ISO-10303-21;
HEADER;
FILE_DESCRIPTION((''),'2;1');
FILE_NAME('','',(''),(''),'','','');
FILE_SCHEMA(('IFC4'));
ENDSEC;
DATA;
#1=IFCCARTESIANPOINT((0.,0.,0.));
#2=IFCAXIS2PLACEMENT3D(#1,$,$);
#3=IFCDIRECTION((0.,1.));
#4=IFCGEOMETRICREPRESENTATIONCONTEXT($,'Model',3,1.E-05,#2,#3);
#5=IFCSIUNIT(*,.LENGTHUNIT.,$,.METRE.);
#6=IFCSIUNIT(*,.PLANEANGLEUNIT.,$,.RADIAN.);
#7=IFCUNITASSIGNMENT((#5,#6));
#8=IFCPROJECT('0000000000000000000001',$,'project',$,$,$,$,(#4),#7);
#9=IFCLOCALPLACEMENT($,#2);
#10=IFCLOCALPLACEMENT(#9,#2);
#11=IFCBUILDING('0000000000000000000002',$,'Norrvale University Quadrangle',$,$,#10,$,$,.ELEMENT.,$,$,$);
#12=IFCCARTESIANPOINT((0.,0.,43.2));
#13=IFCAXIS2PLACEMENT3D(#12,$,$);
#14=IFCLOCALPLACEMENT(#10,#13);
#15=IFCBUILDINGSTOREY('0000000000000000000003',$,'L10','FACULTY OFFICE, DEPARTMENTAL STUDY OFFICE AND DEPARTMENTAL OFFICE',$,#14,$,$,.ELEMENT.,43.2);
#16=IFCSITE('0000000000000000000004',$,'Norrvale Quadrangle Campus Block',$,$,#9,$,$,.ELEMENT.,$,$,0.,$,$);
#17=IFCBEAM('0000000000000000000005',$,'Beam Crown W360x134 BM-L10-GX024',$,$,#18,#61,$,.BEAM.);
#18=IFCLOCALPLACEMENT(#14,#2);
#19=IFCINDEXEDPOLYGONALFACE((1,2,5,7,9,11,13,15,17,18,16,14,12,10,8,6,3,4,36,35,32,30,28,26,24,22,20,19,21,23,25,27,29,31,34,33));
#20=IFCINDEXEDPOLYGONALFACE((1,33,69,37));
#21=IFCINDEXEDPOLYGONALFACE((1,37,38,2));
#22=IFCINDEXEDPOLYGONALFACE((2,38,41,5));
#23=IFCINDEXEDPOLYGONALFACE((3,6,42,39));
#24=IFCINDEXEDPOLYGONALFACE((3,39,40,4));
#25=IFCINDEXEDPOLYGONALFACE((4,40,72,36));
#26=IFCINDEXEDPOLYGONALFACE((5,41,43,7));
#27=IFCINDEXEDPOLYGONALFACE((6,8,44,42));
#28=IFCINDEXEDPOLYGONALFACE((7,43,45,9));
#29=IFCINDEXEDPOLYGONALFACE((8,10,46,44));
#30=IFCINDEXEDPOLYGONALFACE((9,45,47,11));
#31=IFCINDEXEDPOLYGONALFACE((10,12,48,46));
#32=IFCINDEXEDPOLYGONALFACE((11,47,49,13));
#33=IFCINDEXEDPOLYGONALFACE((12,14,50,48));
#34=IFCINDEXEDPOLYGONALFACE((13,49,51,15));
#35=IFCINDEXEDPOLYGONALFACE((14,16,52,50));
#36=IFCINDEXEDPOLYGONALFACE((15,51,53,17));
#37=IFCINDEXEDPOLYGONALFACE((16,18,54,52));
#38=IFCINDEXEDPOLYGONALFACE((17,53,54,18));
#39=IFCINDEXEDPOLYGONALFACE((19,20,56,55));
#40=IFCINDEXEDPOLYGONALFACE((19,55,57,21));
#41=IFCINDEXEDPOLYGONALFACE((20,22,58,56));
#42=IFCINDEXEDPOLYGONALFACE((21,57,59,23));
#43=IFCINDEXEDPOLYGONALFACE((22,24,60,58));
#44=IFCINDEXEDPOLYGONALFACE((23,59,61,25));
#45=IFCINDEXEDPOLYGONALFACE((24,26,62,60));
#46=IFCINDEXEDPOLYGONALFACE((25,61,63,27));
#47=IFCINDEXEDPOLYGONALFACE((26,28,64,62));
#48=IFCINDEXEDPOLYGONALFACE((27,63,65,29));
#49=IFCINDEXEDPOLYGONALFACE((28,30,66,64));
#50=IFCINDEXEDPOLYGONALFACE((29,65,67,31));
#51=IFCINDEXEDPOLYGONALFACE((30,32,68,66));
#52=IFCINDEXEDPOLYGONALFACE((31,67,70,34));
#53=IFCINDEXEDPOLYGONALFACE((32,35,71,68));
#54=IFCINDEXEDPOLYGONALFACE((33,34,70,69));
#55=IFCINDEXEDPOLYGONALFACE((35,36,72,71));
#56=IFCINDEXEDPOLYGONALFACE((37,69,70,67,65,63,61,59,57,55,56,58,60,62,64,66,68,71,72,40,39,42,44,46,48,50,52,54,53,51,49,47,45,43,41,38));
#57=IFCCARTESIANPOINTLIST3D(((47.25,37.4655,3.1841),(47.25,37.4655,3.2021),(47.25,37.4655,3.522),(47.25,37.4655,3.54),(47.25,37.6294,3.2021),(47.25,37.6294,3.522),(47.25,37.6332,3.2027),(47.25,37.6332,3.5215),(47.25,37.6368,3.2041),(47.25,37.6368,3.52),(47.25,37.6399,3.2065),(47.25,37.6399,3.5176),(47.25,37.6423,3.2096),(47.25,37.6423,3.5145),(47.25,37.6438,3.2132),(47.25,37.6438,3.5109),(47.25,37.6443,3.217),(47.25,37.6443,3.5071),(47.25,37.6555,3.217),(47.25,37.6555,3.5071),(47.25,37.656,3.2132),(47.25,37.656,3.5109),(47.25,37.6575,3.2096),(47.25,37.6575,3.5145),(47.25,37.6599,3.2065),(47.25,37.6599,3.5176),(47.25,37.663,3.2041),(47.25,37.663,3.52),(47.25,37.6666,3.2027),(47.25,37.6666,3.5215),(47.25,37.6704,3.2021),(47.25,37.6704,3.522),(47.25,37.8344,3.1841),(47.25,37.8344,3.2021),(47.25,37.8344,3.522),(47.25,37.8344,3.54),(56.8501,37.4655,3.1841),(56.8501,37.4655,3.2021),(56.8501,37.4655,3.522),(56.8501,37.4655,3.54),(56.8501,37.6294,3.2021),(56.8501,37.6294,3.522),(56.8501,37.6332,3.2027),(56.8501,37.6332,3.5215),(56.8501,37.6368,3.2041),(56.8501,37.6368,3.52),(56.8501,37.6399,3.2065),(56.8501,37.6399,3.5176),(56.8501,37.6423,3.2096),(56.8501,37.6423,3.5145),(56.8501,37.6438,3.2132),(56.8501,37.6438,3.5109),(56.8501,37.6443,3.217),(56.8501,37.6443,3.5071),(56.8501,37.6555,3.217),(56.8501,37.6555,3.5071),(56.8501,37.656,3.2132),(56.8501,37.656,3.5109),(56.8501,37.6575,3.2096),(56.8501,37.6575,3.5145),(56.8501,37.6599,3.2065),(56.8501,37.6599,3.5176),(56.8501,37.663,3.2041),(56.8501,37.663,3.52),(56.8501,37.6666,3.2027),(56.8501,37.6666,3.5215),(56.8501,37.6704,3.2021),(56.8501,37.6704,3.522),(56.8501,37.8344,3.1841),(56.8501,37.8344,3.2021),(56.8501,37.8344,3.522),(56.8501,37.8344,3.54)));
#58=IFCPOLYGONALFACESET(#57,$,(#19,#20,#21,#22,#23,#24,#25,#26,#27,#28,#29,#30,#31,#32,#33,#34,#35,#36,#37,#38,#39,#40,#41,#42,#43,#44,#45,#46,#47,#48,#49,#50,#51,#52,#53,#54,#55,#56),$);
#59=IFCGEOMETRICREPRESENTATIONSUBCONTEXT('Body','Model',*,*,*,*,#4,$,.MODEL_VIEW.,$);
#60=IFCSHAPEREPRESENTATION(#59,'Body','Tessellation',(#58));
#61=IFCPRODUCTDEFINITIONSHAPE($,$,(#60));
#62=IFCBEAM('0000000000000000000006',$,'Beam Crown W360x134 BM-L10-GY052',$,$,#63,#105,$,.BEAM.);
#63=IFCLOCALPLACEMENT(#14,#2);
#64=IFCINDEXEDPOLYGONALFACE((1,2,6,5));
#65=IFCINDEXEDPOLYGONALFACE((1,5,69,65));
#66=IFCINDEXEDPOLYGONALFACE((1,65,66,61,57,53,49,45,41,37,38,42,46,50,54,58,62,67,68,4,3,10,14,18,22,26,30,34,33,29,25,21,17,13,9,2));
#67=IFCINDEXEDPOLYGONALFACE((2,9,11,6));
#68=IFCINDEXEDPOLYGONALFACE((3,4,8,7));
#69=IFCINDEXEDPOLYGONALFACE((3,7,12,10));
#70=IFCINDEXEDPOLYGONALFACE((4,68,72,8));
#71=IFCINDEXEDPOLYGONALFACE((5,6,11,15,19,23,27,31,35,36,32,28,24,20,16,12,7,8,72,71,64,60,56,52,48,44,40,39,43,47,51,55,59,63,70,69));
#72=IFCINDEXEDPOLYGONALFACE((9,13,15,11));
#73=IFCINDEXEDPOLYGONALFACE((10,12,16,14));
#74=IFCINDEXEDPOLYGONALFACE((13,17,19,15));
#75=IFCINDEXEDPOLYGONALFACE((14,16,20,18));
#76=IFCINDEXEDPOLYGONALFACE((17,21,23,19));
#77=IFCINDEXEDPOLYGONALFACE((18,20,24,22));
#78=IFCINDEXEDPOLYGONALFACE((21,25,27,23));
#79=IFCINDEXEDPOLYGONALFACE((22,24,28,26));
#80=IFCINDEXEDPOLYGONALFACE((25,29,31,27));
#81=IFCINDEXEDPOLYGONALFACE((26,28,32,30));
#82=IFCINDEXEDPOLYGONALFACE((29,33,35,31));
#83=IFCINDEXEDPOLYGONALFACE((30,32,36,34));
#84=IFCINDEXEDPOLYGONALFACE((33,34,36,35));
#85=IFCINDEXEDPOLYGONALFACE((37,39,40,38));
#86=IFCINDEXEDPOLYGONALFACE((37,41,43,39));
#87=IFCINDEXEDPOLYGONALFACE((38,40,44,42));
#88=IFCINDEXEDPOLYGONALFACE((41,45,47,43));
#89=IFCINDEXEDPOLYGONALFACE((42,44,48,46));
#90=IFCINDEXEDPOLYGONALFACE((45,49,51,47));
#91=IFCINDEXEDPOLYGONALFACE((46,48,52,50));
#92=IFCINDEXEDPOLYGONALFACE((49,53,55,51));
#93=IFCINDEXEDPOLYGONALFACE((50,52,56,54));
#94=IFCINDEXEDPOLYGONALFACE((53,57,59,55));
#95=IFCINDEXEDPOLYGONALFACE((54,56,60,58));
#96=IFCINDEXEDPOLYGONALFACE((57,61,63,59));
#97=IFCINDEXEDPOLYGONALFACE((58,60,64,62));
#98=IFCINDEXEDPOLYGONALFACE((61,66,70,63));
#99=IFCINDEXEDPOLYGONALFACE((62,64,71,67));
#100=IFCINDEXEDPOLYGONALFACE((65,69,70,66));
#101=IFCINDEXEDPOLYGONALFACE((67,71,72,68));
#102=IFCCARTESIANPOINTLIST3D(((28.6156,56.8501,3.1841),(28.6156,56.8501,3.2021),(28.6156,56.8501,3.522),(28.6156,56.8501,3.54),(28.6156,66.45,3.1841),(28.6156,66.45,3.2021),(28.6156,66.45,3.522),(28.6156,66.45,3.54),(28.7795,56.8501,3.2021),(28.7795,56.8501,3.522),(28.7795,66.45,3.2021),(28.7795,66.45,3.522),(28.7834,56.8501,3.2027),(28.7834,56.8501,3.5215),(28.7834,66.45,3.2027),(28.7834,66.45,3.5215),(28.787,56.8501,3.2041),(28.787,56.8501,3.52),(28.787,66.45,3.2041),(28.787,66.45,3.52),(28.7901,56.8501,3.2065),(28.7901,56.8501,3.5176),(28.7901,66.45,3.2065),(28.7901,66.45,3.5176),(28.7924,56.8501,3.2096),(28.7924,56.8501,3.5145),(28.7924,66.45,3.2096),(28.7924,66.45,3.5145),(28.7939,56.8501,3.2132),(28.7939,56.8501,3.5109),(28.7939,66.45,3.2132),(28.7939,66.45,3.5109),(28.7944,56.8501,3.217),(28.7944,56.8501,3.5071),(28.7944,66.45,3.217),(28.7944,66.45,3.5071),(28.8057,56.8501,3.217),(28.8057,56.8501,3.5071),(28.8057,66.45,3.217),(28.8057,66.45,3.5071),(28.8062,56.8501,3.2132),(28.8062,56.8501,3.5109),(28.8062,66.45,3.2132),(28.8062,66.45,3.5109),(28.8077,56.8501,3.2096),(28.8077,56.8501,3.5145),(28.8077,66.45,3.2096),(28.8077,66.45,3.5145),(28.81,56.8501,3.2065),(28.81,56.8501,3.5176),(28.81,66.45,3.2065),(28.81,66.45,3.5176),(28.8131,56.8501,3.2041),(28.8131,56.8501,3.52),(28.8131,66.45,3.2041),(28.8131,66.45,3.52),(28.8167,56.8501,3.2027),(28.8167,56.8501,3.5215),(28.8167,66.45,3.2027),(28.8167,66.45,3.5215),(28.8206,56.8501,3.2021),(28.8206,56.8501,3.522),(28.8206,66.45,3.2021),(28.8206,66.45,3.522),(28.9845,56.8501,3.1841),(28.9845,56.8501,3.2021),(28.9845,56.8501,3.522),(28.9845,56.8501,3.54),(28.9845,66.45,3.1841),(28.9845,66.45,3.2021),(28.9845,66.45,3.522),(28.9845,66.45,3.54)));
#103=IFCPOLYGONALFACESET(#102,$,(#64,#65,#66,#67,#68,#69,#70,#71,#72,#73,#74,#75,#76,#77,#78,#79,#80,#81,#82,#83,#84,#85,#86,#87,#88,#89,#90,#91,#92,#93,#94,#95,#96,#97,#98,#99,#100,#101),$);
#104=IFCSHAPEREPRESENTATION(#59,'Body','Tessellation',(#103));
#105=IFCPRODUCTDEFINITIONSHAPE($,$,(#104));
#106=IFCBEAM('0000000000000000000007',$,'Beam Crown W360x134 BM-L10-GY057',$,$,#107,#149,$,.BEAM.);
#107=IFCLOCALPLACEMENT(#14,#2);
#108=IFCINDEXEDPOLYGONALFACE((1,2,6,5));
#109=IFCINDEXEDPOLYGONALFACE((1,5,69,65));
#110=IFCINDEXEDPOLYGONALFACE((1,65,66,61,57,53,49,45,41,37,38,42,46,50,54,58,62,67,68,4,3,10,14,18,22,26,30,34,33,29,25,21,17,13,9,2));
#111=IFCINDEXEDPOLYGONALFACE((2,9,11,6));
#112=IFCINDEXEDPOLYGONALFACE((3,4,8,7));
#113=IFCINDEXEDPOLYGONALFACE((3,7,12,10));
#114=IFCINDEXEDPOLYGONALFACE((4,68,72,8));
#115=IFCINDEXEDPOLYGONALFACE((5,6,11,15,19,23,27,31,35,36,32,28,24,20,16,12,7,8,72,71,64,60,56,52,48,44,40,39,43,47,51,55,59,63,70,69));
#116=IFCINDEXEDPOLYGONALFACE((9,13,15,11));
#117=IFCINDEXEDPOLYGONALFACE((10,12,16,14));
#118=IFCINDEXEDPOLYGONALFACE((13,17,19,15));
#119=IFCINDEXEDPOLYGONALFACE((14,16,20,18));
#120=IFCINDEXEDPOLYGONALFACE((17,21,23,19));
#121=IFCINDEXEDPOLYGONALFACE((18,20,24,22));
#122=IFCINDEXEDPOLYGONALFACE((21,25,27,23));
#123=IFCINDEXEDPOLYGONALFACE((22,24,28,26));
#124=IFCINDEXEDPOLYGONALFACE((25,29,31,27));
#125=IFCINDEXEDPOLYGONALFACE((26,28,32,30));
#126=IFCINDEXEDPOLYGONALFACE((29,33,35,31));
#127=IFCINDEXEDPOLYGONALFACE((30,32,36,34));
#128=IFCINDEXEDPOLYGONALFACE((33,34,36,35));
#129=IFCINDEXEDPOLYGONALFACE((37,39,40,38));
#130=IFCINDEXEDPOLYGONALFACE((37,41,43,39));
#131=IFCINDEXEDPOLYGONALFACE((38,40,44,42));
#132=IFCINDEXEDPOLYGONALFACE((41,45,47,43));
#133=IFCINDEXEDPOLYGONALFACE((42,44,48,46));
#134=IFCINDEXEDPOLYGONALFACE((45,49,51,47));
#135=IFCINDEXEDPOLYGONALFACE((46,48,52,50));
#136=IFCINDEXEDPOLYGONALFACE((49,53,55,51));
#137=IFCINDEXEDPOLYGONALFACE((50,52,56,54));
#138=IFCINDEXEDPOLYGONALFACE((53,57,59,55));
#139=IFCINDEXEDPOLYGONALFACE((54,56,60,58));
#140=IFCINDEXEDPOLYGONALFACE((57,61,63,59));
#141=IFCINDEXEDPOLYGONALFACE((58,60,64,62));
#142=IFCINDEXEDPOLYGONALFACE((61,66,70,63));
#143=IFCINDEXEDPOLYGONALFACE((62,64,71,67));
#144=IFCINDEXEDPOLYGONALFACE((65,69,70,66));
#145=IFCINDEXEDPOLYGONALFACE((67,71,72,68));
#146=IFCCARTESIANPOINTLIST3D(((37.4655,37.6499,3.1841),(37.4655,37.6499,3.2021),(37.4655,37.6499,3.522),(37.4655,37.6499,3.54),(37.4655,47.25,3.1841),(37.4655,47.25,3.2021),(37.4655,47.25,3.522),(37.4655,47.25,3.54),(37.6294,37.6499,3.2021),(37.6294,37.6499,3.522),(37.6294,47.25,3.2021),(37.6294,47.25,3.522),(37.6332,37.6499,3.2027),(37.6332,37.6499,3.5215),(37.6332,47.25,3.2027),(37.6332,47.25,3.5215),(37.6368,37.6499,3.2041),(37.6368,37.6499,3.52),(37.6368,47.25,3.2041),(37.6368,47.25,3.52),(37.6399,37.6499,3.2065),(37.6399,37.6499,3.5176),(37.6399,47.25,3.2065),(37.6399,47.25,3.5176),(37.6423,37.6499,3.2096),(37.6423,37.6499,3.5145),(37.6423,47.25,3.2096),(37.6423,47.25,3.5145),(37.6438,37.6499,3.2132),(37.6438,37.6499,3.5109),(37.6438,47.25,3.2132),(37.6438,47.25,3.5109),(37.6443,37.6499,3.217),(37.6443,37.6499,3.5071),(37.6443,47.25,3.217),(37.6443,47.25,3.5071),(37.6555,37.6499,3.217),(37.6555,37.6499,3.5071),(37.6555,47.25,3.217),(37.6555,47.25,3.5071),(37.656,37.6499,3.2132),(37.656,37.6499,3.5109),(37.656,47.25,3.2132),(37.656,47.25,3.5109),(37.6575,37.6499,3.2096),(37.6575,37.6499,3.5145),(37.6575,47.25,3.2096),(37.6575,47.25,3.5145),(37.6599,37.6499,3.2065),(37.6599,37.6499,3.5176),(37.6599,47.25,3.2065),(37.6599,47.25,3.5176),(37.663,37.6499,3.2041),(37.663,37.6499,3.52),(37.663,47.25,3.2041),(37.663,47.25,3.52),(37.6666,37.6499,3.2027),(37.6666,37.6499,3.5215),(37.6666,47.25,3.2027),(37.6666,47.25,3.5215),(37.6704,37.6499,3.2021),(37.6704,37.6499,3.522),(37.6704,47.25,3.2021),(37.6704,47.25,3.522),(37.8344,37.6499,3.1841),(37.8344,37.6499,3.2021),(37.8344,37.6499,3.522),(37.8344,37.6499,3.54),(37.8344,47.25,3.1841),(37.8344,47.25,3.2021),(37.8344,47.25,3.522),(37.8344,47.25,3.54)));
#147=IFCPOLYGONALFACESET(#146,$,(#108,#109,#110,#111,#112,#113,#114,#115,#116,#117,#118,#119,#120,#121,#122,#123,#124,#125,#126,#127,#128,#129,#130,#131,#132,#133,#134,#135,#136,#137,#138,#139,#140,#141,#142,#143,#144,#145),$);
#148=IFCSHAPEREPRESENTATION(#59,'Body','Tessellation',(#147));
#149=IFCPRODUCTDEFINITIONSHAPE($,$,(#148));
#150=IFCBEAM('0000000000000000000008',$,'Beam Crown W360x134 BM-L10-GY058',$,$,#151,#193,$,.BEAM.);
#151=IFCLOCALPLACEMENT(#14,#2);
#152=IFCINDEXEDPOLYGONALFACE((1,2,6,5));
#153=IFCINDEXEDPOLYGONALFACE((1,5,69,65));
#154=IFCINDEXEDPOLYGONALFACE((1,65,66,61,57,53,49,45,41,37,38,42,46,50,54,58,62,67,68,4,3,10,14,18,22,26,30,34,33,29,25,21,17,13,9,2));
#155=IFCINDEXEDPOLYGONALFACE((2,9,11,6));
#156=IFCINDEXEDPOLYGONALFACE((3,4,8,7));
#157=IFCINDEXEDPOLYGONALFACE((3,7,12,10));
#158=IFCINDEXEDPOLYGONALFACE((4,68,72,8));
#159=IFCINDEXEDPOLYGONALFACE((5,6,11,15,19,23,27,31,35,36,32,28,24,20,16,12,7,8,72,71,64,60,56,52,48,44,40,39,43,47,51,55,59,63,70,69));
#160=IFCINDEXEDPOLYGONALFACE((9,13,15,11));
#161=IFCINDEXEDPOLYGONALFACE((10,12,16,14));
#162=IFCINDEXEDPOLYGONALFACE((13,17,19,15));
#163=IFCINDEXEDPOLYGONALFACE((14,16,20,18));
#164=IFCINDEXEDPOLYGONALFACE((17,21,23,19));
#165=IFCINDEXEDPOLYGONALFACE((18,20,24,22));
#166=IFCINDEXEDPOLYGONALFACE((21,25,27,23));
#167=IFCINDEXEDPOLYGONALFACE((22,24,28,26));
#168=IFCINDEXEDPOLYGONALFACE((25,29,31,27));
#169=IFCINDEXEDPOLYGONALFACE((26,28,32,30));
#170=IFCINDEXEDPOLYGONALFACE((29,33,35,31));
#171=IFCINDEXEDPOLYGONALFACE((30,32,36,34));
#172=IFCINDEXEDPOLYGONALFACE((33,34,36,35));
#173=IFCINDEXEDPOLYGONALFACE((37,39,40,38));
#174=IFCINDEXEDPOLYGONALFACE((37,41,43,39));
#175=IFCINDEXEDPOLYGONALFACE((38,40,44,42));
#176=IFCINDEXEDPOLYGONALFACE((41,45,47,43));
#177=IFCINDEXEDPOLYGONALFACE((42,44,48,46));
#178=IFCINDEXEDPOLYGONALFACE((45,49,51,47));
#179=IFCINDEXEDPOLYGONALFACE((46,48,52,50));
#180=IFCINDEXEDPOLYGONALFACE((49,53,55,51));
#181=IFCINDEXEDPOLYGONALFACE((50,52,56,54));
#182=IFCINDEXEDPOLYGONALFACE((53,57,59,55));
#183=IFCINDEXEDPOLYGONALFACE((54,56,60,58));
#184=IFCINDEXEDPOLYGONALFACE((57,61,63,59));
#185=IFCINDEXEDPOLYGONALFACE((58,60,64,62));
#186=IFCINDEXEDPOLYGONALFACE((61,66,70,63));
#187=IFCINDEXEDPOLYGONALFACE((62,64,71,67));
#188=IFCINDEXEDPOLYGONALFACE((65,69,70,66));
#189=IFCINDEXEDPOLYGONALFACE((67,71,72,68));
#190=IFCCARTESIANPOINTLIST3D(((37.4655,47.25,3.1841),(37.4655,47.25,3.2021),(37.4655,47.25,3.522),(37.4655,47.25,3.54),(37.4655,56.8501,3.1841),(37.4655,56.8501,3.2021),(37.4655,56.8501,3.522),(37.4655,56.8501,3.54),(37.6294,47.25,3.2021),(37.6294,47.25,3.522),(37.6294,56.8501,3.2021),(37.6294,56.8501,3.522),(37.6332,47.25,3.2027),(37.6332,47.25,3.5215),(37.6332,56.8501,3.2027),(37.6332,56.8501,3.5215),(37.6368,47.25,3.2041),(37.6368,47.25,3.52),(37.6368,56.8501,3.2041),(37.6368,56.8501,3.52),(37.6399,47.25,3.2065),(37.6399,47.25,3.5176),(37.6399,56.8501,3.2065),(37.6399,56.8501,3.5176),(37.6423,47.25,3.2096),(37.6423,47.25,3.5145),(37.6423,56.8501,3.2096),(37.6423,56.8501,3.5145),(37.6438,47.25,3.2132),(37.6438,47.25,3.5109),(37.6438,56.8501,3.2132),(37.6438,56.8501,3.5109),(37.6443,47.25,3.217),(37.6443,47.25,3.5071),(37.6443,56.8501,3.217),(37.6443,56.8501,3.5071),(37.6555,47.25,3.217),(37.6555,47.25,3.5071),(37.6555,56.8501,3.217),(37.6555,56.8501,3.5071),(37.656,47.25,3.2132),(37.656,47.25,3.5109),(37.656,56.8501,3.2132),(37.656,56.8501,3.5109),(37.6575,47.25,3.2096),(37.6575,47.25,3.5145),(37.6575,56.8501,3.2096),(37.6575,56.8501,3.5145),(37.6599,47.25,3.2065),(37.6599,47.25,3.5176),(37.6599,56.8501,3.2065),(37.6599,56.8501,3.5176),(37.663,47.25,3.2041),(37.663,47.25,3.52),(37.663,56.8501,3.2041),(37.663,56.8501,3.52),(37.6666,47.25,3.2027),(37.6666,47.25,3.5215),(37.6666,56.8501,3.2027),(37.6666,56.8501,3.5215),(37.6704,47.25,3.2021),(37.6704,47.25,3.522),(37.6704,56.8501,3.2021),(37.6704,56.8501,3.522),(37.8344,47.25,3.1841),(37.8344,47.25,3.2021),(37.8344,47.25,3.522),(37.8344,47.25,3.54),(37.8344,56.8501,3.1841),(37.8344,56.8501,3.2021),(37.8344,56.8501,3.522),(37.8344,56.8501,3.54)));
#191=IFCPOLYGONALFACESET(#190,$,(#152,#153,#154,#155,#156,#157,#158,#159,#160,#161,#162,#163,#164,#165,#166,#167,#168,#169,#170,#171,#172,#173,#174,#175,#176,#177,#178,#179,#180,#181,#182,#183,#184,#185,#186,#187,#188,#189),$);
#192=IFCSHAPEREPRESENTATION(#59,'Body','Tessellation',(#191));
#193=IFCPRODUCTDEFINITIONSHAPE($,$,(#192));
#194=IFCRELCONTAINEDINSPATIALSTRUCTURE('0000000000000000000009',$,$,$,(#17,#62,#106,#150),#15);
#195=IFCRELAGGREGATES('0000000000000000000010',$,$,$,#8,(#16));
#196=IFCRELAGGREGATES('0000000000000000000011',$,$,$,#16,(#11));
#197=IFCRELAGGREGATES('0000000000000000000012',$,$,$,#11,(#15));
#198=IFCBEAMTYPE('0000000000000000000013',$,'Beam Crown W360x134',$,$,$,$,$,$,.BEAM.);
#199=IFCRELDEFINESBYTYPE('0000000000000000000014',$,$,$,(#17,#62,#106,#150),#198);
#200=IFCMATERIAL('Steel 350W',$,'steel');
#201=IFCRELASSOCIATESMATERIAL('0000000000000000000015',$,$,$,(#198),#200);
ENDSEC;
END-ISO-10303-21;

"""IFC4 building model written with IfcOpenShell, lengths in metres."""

from ifc_helpers import new_model, si_unit, direction, frame, origin, origin_2d, place, context, subcontext, project, spatial, i_section, extrude, material, material_profile, profile_set, type_object, element, save


model = new_model("IFC4")

# Units and contexts
model_context = context("Model", 3, precision=1e-05, world=origin(), true_north=direction((0.0, 1.0)))
body_context = subcontext(model_context, "Body", "Model", "MODEL_VIEW")
ifc_project = project(units=[si_unit("LENGTHUNIT", "METRE"), si_unit("PLANEANGLEUNIT", "RADIAN")], contexts=[model_context])

# Site, building, storey
site_placement = place(None, origin())
site = spatial("IfcSite", under=ifc_project, at=site_placement, Name="Norrvale Quadrangle Campus Block", CompositionType="ELEMENT", RefElevation=0.0)
building_placement = place(site_placement, origin())
building = spatial("IfcBuilding", under=site, at=building_placement, Name="Norrvale University Quadrangle", CompositionType="ELEMENT")
storey_placement = place(building_placement, frame((0.0, 0.0, 43.2)))
storey = spatial("IfcBuildingStorey", under=building, at=storey_placement, Name="L10", Description="FACULTY OFFICE, DEPARTMENTAL STUDY OFFICE AND DEPARTMENTAL OFFICE", CompositionType="ELEMENT", Elevation=43.2)

# Beams
ifc_material_1 = material(Name="Steel 350W", Category="steel")
ifc_material_profile_1 = material_profile(ifc_material_1, i_section(OverallWidth=0.3689, OverallDepth=0.356, WebThickness=0.0112, FlangeThickness=0.0181, FilletRadius=0.0149, at=origin_2d()), Name="Steel 350W")
ifc_profile_set_1 = profile_set([ifc_material_profile_1], Name="Steel 350W")
beam_type_1 = type_object("IfcBeamType", Name="Beam Crown W360x134", PredefinedType="BEAM", material=ifc_profile_set_1)
for number, where, z_axis, x_axis, name in (
    (1, (47.25, 37.6499, 3.3621), (1.0, 0.0, 0.0), (0.0, 1.0, 0.0), "Beam Crown W360x134 BM-L10-GX024"),
):
    element("IfcBeam", number, at=place(storey_placement, frame(where, z_axis=z_axis, x_axis=x_axis)), inside=storey, type_object=beam_type_1, Name=name, PredefinedType="BEAM", context=body_context, shape_type="SweptSolid", body=[
        extrude(i_section(OverallWidth=0.3689, OverallDepth=0.356, WebThickness=0.0112, FlangeThickness=0.0181, FilletRadius=0.0149, at=origin_2d()), origin(), (0.0, 0.0, 1.0), 9.6001),
    ])
beam_placement = place(storey_placement, frame((28.8, 56.8501, 3.3621), z_axis=(0.0, 1.0, 0.0), x_axis=(-1.0, 0.0, 0.0)))
element("IfcBeam", 2, at=beam_placement, inside=storey, type_object=beam_type_1, Name="Beam Crown W360x134 BM-L10-GY052", PredefinedType="BEAM", context=body_context, shape_type="SweptSolid", body=[
    extrude(i_section(OverallWidth=0.3689, OverallDepth=0.356, WebThickness=0.0112, FlangeThickness=0.0181, FilletRadius=0.0149, at=origin_2d()), origin(), (0.0, 0.0, 1.0), 9.5999),
])
for number, where, z_axis, x_axis, name in (
    (3, (37.6499, 37.6499, 3.3621), (0.0, 1.0, 0.0), (-1.0, 0.0, 0.0), "Beam Crown W360x134 BM-L10-GY057"),
    (4, (37.6499, 47.25, 3.3621), (0.0, 1.0, 0.0), (-1.0, 0.0, 0.0), "Beam Crown W360x134 BM-L10-GY058"),
):
    element("IfcBeam", number, at=place(storey_placement, frame(where, z_axis=z_axis, x_axis=x_axis)), inside=storey, type_object=beam_type_1, Name=name, PredefinedType="BEAM", context=body_context, shape_type="SweptSolid", body=[
        extrude(i_section(OverallWidth=0.3689, OverallDepth=0.356, WebThickness=0.0112, FlangeThickness=0.0181, FilletRadius=0.0149, at=origin_2d()), origin(), (0.0, 0.0, 1.0), 9.6001),
    ])

save(model, "model.ifc")
